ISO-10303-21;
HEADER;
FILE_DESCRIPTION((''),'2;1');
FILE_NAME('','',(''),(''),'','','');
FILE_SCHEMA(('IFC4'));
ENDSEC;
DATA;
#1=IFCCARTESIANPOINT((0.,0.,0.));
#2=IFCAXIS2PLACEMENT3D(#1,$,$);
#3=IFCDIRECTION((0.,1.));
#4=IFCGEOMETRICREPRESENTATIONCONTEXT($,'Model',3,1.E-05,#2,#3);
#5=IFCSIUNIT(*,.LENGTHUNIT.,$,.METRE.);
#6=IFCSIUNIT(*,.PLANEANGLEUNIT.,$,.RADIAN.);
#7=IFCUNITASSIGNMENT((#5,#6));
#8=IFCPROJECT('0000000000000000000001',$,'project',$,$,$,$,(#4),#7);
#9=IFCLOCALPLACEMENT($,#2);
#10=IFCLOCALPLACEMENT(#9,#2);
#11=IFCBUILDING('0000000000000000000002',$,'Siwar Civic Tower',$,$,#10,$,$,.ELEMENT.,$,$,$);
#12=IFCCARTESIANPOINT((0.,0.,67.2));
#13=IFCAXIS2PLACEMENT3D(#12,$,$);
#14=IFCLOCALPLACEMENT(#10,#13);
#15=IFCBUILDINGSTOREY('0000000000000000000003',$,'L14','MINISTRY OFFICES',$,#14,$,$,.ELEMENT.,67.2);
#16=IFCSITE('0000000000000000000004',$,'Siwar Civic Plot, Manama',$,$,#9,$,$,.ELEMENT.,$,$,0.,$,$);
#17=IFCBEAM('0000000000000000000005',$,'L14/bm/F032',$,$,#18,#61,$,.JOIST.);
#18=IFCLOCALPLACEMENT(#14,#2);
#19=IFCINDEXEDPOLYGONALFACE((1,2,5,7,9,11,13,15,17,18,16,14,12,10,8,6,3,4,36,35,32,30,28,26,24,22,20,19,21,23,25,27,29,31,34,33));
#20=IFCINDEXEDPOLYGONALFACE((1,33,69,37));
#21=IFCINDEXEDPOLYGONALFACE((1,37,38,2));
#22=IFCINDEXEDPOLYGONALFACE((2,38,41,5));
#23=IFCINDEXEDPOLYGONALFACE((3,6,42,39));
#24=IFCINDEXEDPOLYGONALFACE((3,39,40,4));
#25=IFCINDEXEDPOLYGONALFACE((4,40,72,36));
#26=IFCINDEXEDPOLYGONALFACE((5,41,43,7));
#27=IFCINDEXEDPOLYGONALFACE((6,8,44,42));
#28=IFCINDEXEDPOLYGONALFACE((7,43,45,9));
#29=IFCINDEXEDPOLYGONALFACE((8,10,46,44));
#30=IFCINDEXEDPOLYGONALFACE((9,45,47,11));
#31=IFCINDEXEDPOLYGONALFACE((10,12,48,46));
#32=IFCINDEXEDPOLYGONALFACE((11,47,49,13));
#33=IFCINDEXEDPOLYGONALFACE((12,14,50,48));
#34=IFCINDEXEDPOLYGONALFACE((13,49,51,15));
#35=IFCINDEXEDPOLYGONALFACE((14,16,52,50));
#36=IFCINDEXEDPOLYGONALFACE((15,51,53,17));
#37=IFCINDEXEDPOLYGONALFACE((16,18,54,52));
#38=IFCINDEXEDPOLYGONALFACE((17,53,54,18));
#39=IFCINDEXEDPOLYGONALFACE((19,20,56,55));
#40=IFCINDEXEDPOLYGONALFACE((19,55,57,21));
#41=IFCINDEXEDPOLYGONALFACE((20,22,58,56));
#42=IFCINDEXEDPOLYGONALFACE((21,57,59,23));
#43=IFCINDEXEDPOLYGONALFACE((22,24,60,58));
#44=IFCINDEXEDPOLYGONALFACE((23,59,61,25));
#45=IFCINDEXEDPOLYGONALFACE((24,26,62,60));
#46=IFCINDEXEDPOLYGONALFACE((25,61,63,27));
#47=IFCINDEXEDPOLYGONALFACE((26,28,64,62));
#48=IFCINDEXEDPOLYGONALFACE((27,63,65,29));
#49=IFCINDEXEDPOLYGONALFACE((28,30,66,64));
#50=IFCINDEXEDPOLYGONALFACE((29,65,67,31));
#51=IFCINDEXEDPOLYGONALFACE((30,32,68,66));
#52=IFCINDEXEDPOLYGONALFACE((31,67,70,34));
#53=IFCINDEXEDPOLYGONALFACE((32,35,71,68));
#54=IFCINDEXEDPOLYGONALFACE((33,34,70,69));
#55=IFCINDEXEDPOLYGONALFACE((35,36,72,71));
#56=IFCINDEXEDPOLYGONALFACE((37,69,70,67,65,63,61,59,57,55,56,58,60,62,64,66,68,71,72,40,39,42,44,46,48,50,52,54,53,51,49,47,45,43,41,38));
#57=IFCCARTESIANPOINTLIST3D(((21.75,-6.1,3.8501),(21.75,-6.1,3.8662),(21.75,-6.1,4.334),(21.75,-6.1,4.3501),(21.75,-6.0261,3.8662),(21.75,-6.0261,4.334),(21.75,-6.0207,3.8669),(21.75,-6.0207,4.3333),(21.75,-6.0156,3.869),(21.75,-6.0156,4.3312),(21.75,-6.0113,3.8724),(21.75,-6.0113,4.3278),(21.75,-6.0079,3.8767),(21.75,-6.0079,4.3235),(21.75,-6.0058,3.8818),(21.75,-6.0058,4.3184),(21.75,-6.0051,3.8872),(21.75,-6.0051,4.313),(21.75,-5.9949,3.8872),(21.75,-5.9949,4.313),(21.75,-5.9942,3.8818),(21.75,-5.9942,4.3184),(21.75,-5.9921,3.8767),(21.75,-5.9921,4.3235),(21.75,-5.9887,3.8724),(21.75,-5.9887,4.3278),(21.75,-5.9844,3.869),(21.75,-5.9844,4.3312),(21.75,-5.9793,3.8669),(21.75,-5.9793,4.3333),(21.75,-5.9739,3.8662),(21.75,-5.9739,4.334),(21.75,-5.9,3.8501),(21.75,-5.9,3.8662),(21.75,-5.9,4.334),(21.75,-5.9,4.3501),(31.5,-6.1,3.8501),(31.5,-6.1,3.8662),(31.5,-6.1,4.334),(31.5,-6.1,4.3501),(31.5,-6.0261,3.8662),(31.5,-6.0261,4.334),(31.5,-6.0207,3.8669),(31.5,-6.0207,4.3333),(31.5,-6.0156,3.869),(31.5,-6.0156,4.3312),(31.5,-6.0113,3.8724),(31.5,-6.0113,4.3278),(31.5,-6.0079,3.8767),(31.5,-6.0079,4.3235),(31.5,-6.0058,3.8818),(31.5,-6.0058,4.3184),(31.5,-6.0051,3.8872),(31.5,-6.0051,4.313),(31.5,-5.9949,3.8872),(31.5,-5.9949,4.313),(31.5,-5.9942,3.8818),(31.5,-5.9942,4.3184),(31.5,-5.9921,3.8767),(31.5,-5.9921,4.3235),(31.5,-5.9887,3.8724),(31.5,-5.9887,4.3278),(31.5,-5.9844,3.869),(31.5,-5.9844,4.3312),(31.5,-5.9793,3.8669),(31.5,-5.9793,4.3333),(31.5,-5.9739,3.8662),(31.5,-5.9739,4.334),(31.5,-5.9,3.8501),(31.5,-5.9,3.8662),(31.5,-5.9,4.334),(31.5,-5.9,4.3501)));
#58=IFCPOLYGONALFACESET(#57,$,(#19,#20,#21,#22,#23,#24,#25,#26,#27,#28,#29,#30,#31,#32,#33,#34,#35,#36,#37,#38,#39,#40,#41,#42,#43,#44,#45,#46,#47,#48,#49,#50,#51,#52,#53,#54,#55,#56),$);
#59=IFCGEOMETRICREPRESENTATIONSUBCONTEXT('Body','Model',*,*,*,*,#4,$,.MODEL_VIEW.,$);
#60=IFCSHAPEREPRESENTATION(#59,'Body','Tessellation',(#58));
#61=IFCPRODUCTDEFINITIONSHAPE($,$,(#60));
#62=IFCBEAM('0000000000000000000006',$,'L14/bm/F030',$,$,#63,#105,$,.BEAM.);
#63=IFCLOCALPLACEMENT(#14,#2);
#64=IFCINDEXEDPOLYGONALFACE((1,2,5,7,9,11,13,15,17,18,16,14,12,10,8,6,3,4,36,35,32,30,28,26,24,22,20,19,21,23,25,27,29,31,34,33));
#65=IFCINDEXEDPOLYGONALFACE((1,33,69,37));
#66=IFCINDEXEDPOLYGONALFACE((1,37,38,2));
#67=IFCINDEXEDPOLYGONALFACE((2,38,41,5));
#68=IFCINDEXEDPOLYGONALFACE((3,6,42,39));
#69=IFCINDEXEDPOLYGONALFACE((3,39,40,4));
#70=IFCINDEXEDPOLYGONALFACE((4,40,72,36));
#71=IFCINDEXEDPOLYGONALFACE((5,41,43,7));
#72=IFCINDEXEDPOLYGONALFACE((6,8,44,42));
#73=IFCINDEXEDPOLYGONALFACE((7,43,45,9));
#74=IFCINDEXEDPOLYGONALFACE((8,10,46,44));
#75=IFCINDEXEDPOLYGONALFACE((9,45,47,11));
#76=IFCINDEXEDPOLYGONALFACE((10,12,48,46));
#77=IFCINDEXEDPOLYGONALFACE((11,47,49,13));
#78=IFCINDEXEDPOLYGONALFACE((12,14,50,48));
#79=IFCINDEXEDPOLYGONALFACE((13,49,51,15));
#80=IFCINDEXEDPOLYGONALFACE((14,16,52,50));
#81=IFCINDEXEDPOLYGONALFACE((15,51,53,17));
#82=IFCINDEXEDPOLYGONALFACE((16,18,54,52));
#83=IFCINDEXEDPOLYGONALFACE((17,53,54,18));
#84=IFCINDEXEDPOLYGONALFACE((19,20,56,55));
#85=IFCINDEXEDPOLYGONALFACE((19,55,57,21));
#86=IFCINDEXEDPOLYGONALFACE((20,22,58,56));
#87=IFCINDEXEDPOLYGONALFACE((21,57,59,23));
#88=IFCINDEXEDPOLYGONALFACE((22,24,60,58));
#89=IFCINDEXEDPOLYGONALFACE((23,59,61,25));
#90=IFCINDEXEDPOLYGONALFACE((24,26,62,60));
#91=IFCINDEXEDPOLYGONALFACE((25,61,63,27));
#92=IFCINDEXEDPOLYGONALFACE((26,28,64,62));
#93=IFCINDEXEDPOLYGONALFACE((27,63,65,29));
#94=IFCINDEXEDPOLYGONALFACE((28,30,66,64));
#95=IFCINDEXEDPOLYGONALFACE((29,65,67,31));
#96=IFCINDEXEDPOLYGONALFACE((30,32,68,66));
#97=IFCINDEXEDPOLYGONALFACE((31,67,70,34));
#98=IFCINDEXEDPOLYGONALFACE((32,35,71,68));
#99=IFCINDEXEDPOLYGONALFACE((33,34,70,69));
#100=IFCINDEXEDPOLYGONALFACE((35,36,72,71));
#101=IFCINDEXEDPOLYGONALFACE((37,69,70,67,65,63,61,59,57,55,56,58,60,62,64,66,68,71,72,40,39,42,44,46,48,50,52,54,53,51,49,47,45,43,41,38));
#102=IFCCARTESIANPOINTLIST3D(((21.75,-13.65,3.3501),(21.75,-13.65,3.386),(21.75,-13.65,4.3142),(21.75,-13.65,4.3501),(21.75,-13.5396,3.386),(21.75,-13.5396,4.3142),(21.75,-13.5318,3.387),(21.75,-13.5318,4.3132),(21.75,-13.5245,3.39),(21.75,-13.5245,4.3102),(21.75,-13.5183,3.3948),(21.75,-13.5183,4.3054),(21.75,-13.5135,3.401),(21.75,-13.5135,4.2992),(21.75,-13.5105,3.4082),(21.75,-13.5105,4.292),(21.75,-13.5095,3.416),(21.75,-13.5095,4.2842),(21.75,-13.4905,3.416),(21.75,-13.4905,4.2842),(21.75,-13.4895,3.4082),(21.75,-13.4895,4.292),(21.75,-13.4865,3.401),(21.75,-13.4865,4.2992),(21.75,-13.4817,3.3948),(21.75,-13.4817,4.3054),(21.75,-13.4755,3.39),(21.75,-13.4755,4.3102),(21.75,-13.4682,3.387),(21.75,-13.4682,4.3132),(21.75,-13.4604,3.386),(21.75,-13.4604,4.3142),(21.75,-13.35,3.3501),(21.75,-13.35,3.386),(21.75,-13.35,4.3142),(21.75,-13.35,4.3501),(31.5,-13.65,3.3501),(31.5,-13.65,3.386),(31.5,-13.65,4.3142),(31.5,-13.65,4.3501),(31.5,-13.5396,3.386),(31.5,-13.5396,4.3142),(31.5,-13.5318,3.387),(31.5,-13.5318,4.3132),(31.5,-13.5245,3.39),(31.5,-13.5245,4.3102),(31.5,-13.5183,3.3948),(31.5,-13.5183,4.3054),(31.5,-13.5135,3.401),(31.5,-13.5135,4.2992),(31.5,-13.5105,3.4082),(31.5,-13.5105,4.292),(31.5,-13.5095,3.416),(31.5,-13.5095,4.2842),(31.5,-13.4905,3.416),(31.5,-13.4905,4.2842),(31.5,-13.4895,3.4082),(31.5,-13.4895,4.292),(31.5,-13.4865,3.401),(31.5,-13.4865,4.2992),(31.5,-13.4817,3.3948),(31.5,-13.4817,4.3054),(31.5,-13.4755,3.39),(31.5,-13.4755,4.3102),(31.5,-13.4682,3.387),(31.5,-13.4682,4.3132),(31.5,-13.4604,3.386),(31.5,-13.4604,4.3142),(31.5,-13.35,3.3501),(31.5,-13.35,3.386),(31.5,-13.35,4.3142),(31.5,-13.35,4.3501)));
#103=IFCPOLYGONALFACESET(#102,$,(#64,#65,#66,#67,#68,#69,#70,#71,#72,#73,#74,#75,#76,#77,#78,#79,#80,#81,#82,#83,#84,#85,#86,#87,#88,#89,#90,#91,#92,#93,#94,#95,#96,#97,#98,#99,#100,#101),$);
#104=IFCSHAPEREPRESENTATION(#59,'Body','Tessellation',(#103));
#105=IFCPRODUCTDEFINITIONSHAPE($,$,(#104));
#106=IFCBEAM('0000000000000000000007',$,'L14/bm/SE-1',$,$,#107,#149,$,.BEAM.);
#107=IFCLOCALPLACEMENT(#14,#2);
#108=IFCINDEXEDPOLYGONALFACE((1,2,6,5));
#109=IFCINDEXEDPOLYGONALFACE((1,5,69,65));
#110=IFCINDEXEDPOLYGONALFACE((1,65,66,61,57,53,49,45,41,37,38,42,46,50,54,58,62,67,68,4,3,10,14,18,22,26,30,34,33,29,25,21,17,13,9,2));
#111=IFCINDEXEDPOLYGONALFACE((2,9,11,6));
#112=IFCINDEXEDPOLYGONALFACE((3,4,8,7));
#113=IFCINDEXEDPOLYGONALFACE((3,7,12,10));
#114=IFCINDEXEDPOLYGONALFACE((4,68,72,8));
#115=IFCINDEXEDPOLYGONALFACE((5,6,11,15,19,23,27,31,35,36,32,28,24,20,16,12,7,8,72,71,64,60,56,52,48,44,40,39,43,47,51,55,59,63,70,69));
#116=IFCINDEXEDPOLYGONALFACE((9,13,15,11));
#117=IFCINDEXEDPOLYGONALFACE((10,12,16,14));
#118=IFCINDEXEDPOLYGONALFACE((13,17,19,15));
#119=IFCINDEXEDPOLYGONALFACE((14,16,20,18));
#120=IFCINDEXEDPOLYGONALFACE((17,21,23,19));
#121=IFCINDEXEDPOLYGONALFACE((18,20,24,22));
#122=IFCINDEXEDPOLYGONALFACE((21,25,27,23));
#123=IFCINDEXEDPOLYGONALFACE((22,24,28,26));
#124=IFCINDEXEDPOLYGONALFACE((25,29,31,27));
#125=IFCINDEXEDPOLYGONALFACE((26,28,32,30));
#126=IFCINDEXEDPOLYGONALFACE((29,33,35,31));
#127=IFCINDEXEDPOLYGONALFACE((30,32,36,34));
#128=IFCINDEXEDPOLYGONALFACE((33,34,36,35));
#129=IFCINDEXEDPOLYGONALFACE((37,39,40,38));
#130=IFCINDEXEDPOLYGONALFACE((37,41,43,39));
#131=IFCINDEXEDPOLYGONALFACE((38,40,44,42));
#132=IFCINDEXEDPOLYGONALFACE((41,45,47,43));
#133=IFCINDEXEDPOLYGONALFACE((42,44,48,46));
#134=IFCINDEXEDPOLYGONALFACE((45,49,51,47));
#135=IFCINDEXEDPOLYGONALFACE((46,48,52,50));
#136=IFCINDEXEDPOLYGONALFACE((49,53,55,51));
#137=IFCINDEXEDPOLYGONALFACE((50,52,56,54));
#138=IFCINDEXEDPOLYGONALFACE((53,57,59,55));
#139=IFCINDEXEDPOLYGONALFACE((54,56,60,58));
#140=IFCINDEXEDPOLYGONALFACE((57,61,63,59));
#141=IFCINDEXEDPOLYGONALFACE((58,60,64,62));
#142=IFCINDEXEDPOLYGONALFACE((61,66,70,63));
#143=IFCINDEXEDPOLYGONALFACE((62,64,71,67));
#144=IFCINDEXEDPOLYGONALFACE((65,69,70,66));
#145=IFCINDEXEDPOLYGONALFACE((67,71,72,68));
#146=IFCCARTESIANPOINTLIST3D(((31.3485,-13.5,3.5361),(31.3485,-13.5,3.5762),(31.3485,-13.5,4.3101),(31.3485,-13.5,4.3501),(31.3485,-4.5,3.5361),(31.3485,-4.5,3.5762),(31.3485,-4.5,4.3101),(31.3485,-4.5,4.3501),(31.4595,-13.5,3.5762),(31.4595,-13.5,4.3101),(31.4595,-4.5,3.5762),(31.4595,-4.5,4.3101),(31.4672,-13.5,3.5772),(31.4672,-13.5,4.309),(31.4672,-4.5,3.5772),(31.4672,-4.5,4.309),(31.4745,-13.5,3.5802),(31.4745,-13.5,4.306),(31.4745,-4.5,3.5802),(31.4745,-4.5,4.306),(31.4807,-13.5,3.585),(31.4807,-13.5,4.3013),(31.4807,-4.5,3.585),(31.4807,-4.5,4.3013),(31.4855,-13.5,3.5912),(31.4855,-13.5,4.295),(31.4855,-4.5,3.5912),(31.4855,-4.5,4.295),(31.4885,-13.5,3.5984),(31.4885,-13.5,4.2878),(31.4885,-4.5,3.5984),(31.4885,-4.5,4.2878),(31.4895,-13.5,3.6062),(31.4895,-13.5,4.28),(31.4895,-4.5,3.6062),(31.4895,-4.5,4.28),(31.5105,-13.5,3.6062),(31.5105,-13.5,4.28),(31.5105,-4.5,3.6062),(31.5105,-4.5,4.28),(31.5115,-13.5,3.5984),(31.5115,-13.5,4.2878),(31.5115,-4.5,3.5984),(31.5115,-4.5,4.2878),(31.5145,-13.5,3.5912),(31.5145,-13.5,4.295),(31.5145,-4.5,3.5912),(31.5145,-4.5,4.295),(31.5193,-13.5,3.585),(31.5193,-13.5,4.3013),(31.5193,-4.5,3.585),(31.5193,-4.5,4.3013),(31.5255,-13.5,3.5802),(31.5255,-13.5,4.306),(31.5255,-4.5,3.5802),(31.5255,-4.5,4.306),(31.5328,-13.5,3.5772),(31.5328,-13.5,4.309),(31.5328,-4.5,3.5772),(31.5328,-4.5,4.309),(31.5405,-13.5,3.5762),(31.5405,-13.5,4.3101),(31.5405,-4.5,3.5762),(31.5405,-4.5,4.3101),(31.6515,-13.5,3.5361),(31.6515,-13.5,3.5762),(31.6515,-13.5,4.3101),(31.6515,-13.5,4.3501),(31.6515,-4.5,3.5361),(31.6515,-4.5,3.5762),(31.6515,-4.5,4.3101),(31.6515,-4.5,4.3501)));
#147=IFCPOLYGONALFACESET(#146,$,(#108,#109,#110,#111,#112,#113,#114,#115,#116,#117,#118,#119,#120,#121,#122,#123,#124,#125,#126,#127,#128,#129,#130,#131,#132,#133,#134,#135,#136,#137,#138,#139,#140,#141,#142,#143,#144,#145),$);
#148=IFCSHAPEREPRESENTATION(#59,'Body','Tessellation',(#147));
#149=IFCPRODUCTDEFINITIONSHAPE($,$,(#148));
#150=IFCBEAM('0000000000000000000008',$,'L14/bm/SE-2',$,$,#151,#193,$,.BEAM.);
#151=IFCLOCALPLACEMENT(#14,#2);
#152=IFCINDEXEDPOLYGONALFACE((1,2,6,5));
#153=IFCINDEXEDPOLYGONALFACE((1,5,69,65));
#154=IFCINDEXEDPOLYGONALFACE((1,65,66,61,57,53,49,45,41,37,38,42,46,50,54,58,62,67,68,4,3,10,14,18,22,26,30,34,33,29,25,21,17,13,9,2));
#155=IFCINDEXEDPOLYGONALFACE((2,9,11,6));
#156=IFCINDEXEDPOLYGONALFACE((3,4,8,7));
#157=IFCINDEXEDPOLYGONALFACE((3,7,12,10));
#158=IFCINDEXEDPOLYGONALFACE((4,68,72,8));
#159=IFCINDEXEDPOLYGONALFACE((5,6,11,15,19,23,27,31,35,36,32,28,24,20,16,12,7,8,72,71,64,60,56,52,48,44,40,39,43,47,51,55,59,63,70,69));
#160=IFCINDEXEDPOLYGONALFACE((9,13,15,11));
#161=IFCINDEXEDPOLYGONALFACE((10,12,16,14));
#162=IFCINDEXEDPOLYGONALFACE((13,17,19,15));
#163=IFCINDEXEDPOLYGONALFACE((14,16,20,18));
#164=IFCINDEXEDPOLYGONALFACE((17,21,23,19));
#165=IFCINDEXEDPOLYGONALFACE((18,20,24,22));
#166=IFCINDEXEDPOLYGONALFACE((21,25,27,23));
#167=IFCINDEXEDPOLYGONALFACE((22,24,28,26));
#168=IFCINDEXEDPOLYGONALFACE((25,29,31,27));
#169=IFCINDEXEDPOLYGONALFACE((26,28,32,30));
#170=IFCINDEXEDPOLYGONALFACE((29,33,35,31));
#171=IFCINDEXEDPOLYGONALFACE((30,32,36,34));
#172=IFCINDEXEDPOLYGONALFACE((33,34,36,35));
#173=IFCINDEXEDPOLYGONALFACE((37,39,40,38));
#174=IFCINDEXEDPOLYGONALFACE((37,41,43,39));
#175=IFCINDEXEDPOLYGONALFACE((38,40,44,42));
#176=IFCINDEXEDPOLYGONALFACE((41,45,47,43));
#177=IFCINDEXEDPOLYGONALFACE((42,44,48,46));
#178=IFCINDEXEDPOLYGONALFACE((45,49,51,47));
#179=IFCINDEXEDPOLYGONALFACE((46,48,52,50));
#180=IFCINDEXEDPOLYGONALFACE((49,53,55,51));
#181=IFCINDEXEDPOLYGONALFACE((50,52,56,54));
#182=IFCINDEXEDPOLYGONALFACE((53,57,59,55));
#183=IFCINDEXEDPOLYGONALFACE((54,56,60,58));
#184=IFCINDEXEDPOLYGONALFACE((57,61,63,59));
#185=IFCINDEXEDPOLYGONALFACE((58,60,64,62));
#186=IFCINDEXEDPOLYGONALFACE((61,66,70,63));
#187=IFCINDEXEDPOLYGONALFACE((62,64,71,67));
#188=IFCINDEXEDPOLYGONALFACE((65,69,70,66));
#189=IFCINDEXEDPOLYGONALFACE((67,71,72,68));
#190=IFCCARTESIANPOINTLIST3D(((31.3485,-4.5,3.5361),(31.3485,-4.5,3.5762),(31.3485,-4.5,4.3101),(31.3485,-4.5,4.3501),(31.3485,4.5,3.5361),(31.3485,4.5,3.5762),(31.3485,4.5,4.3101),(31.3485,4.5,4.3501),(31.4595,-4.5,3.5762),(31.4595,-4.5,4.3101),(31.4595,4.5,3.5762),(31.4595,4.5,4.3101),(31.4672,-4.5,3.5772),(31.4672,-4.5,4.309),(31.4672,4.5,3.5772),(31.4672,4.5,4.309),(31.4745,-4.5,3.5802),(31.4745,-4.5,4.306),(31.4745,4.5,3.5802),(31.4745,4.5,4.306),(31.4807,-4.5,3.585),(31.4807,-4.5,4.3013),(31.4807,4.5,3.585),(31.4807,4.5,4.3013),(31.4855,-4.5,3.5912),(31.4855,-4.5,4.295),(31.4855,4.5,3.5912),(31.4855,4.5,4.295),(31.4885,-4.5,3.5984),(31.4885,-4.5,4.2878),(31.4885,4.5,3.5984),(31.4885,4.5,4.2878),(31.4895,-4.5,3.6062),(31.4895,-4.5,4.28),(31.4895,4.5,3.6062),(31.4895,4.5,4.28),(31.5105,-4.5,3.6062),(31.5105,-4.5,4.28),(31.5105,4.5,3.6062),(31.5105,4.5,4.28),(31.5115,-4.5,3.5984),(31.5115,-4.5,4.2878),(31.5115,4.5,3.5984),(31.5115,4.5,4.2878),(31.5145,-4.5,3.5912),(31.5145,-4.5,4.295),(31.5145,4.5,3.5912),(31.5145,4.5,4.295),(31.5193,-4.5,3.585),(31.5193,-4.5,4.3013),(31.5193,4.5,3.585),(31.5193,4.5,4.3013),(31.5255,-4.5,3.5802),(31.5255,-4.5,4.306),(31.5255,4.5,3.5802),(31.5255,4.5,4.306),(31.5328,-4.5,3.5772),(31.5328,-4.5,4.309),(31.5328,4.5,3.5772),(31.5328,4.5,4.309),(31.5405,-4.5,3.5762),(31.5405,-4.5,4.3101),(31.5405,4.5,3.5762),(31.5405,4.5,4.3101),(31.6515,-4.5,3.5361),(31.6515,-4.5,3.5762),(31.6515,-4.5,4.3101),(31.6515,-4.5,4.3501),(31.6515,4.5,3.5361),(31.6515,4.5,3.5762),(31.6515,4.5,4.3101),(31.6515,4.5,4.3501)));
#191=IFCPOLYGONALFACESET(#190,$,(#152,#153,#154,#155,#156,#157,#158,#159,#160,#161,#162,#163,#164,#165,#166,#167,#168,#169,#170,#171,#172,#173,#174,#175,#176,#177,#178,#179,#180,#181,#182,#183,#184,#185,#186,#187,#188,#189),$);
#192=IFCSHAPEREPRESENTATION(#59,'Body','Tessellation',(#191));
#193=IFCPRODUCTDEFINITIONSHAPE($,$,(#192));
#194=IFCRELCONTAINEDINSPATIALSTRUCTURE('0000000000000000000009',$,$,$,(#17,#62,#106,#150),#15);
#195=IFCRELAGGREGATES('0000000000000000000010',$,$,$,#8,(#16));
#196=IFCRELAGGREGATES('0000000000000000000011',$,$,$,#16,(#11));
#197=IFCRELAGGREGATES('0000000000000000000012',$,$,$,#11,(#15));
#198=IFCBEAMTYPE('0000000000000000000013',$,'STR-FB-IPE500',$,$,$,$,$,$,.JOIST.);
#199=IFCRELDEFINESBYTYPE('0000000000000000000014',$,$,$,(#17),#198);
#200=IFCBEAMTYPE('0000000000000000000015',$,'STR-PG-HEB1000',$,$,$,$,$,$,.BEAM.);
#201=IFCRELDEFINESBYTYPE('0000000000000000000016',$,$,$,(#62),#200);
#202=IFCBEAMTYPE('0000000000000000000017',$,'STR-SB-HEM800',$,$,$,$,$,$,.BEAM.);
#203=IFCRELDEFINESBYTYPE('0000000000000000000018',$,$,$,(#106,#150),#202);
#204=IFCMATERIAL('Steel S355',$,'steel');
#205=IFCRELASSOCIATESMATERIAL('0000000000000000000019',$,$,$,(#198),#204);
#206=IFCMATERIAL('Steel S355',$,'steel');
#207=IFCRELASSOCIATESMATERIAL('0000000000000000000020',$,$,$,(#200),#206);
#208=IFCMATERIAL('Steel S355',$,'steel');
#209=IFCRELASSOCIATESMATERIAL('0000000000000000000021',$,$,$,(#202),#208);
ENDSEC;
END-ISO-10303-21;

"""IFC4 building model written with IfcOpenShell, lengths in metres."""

from ifc_helpers import new_model, si_unit, direction, frame, origin, origin_2d, place, context, subcontext, project, spatial, i_section, extrude, material, material_profile, profile_set, type_object, element, save


model = new_model("IFC4")

# Units and contexts
model_context = context("Model", 3, precision=1e-05, world=origin(), true_north=direction((0.0, 1.0)))
body_context = subcontext(model_context, "Body", "Model", "MODEL_VIEW")
ifc_project = project(units=[si_unit("LENGTHUNIT", "METRE"), si_unit("PLANEANGLEUNIT", "RADIAN")], contexts=[model_context])

# Site, building, storey
site_placement = place(None, origin())
site = spatial("IfcSite", under=ifc_project, at=site_placement, Name="Siwar Civic Plot, Manama", CompositionType="ELEMENT", RefElevation=0.0)
building_placement = place(site_placement, origin())
building = spatial("IfcBuilding", under=site, at=building_placement, Name="Siwar Civic Tower", CompositionType="ELEMENT")
storey_placement = place(building_placement, frame((0.0, 0.0, 67.2)))
storey = spatial("IfcBuildingStorey", under=building, at=storey_placement, Name="L14", Description="MINISTRY OFFICES", CompositionType="ELEMENT", Elevation=67.2)

# Beams
ifc_material_1 = material(Name="Steel S355", Category="steel")
ifc_material_profile_1 = material_profile(ifc_material_1, i_section(OverallWidth=0.2, OverallDepth=0.5, WebThickness=0.0103, FlangeThickness=0.0161, FilletRadius=0.021, at=origin_2d()), Name="IPE500")
ifc_profile_set_1 = profile_set([ifc_material_profile_1], Name="Steel S355")
beam_type_1 = type_object("IfcBeamType", Name="STR-FB-IPE500", PredefinedType="JOIST", material=ifc_profile_set_1)
beam_1_placement = place(storey_placement, frame((21.75, -6.0, 4.1001), z_axis=(1.0, 0.0, 0.0), x_axis=(0.0, 1.0, 0.0)))
element("IfcBeam", 1, at=beam_1_placement, inside=storey, type_object=beam_type_1, Name="L14/bm/F032", PredefinedType="JOIST", context=body_context, shape_type="SweptSolid", body=[
    extrude(i_section(OverallWidth=0.2, OverallDepth=0.5, WebThickness=0.0103, FlangeThickness=0.0161, FilletRadius=0.021, at=origin_2d()), origin(), (0.0, 0.0, 1.0), 9.75),
])
ifc_material_2 = material(Name="Steel S355", Category="steel")
ifc_material_profile_2 = material_profile(ifc_material_2, i_section(OverallWidth=0.3, OverallDepth=1.0, WebThickness=0.019, FlangeThickness=0.0359, FilletRadius=0.03, at=origin_2d()), Name="HEB1000")
ifc_profile_set_2 = profile_set([ifc_material_profile_2], Name="Steel S355")
beam_type_2 = type_object("IfcBeamType", Name="STR-PG-HEB1000", PredefinedType="BEAM", material=ifc_profile_set_2)
beam_2_placement = place(storey_placement, frame((21.75, -13.5, 3.8501), z_axis=(1.0, 0.0, 0.0), x_axis=(0.0, 1.0, 0.0)))
element("IfcBeam", 2, at=beam_2_placement, inside=storey, type_object=beam_type_2, Name="L14/bm/F030", PredefinedType="BEAM", context=body_context, shape_type="SweptSolid", body=[
    extrude(i_section(OverallWidth=0.3, OverallDepth=1.0, WebThickness=0.019, FlangeThickness=0.0359, FilletRadius=0.03, at=origin_2d()), origin(), (0.0, 0.0, 1.0), 9.75),
])
ifc_material_3 = material(Name="Steel S355", Category="steel")
ifc_material_profile_3 = material_profile(ifc_material_3, i_section(OverallWidth=0.303, OverallDepth=0.814, WebThickness=0.021, FlangeThickness=0.04, FilletRadius=0.03, at=origin_2d()), Name="HEM800")
ifc_profile_set_3 = profile_set([ifc_material_profile_3], Name="Steel S355")
beam_type_3 = type_object("IfcBeamType", Name="STR-SB-HEM800", PredefinedType="BEAM", material=ifc_profile_set_3)
for number, where, z_axis, x_axis, name in (
    (3, (31.5, -13.5, 3.9431), (0.0, 1.0, 0.0), (-1.0, 0.0, 0.0), "L14/bm/SE-1"),
    (4, (31.5, -4.5, 3.9431), (0.0, 1.0, 0.0), (-1.0, 0.0, 0.0), "L14/bm/SE-2"),
):
    element("IfcBeam", number, at=place(storey_placement, frame(where, z_axis=z_axis, x_axis=x_axis)), inside=storey, type_object=beam_type_3, Name=name, PredefinedType="BEAM", context=body_context, shape_type="SweptSolid", body=[
        extrude(i_section(OverallWidth=0.303, OverallDepth=0.814, WebThickness=0.021, FlangeThickness=0.04, FilletRadius=0.03, at=origin_2d()), origin(), (0.0, 0.0, 1.0), 9.0),
    ])

save(model, "model.ifc")
